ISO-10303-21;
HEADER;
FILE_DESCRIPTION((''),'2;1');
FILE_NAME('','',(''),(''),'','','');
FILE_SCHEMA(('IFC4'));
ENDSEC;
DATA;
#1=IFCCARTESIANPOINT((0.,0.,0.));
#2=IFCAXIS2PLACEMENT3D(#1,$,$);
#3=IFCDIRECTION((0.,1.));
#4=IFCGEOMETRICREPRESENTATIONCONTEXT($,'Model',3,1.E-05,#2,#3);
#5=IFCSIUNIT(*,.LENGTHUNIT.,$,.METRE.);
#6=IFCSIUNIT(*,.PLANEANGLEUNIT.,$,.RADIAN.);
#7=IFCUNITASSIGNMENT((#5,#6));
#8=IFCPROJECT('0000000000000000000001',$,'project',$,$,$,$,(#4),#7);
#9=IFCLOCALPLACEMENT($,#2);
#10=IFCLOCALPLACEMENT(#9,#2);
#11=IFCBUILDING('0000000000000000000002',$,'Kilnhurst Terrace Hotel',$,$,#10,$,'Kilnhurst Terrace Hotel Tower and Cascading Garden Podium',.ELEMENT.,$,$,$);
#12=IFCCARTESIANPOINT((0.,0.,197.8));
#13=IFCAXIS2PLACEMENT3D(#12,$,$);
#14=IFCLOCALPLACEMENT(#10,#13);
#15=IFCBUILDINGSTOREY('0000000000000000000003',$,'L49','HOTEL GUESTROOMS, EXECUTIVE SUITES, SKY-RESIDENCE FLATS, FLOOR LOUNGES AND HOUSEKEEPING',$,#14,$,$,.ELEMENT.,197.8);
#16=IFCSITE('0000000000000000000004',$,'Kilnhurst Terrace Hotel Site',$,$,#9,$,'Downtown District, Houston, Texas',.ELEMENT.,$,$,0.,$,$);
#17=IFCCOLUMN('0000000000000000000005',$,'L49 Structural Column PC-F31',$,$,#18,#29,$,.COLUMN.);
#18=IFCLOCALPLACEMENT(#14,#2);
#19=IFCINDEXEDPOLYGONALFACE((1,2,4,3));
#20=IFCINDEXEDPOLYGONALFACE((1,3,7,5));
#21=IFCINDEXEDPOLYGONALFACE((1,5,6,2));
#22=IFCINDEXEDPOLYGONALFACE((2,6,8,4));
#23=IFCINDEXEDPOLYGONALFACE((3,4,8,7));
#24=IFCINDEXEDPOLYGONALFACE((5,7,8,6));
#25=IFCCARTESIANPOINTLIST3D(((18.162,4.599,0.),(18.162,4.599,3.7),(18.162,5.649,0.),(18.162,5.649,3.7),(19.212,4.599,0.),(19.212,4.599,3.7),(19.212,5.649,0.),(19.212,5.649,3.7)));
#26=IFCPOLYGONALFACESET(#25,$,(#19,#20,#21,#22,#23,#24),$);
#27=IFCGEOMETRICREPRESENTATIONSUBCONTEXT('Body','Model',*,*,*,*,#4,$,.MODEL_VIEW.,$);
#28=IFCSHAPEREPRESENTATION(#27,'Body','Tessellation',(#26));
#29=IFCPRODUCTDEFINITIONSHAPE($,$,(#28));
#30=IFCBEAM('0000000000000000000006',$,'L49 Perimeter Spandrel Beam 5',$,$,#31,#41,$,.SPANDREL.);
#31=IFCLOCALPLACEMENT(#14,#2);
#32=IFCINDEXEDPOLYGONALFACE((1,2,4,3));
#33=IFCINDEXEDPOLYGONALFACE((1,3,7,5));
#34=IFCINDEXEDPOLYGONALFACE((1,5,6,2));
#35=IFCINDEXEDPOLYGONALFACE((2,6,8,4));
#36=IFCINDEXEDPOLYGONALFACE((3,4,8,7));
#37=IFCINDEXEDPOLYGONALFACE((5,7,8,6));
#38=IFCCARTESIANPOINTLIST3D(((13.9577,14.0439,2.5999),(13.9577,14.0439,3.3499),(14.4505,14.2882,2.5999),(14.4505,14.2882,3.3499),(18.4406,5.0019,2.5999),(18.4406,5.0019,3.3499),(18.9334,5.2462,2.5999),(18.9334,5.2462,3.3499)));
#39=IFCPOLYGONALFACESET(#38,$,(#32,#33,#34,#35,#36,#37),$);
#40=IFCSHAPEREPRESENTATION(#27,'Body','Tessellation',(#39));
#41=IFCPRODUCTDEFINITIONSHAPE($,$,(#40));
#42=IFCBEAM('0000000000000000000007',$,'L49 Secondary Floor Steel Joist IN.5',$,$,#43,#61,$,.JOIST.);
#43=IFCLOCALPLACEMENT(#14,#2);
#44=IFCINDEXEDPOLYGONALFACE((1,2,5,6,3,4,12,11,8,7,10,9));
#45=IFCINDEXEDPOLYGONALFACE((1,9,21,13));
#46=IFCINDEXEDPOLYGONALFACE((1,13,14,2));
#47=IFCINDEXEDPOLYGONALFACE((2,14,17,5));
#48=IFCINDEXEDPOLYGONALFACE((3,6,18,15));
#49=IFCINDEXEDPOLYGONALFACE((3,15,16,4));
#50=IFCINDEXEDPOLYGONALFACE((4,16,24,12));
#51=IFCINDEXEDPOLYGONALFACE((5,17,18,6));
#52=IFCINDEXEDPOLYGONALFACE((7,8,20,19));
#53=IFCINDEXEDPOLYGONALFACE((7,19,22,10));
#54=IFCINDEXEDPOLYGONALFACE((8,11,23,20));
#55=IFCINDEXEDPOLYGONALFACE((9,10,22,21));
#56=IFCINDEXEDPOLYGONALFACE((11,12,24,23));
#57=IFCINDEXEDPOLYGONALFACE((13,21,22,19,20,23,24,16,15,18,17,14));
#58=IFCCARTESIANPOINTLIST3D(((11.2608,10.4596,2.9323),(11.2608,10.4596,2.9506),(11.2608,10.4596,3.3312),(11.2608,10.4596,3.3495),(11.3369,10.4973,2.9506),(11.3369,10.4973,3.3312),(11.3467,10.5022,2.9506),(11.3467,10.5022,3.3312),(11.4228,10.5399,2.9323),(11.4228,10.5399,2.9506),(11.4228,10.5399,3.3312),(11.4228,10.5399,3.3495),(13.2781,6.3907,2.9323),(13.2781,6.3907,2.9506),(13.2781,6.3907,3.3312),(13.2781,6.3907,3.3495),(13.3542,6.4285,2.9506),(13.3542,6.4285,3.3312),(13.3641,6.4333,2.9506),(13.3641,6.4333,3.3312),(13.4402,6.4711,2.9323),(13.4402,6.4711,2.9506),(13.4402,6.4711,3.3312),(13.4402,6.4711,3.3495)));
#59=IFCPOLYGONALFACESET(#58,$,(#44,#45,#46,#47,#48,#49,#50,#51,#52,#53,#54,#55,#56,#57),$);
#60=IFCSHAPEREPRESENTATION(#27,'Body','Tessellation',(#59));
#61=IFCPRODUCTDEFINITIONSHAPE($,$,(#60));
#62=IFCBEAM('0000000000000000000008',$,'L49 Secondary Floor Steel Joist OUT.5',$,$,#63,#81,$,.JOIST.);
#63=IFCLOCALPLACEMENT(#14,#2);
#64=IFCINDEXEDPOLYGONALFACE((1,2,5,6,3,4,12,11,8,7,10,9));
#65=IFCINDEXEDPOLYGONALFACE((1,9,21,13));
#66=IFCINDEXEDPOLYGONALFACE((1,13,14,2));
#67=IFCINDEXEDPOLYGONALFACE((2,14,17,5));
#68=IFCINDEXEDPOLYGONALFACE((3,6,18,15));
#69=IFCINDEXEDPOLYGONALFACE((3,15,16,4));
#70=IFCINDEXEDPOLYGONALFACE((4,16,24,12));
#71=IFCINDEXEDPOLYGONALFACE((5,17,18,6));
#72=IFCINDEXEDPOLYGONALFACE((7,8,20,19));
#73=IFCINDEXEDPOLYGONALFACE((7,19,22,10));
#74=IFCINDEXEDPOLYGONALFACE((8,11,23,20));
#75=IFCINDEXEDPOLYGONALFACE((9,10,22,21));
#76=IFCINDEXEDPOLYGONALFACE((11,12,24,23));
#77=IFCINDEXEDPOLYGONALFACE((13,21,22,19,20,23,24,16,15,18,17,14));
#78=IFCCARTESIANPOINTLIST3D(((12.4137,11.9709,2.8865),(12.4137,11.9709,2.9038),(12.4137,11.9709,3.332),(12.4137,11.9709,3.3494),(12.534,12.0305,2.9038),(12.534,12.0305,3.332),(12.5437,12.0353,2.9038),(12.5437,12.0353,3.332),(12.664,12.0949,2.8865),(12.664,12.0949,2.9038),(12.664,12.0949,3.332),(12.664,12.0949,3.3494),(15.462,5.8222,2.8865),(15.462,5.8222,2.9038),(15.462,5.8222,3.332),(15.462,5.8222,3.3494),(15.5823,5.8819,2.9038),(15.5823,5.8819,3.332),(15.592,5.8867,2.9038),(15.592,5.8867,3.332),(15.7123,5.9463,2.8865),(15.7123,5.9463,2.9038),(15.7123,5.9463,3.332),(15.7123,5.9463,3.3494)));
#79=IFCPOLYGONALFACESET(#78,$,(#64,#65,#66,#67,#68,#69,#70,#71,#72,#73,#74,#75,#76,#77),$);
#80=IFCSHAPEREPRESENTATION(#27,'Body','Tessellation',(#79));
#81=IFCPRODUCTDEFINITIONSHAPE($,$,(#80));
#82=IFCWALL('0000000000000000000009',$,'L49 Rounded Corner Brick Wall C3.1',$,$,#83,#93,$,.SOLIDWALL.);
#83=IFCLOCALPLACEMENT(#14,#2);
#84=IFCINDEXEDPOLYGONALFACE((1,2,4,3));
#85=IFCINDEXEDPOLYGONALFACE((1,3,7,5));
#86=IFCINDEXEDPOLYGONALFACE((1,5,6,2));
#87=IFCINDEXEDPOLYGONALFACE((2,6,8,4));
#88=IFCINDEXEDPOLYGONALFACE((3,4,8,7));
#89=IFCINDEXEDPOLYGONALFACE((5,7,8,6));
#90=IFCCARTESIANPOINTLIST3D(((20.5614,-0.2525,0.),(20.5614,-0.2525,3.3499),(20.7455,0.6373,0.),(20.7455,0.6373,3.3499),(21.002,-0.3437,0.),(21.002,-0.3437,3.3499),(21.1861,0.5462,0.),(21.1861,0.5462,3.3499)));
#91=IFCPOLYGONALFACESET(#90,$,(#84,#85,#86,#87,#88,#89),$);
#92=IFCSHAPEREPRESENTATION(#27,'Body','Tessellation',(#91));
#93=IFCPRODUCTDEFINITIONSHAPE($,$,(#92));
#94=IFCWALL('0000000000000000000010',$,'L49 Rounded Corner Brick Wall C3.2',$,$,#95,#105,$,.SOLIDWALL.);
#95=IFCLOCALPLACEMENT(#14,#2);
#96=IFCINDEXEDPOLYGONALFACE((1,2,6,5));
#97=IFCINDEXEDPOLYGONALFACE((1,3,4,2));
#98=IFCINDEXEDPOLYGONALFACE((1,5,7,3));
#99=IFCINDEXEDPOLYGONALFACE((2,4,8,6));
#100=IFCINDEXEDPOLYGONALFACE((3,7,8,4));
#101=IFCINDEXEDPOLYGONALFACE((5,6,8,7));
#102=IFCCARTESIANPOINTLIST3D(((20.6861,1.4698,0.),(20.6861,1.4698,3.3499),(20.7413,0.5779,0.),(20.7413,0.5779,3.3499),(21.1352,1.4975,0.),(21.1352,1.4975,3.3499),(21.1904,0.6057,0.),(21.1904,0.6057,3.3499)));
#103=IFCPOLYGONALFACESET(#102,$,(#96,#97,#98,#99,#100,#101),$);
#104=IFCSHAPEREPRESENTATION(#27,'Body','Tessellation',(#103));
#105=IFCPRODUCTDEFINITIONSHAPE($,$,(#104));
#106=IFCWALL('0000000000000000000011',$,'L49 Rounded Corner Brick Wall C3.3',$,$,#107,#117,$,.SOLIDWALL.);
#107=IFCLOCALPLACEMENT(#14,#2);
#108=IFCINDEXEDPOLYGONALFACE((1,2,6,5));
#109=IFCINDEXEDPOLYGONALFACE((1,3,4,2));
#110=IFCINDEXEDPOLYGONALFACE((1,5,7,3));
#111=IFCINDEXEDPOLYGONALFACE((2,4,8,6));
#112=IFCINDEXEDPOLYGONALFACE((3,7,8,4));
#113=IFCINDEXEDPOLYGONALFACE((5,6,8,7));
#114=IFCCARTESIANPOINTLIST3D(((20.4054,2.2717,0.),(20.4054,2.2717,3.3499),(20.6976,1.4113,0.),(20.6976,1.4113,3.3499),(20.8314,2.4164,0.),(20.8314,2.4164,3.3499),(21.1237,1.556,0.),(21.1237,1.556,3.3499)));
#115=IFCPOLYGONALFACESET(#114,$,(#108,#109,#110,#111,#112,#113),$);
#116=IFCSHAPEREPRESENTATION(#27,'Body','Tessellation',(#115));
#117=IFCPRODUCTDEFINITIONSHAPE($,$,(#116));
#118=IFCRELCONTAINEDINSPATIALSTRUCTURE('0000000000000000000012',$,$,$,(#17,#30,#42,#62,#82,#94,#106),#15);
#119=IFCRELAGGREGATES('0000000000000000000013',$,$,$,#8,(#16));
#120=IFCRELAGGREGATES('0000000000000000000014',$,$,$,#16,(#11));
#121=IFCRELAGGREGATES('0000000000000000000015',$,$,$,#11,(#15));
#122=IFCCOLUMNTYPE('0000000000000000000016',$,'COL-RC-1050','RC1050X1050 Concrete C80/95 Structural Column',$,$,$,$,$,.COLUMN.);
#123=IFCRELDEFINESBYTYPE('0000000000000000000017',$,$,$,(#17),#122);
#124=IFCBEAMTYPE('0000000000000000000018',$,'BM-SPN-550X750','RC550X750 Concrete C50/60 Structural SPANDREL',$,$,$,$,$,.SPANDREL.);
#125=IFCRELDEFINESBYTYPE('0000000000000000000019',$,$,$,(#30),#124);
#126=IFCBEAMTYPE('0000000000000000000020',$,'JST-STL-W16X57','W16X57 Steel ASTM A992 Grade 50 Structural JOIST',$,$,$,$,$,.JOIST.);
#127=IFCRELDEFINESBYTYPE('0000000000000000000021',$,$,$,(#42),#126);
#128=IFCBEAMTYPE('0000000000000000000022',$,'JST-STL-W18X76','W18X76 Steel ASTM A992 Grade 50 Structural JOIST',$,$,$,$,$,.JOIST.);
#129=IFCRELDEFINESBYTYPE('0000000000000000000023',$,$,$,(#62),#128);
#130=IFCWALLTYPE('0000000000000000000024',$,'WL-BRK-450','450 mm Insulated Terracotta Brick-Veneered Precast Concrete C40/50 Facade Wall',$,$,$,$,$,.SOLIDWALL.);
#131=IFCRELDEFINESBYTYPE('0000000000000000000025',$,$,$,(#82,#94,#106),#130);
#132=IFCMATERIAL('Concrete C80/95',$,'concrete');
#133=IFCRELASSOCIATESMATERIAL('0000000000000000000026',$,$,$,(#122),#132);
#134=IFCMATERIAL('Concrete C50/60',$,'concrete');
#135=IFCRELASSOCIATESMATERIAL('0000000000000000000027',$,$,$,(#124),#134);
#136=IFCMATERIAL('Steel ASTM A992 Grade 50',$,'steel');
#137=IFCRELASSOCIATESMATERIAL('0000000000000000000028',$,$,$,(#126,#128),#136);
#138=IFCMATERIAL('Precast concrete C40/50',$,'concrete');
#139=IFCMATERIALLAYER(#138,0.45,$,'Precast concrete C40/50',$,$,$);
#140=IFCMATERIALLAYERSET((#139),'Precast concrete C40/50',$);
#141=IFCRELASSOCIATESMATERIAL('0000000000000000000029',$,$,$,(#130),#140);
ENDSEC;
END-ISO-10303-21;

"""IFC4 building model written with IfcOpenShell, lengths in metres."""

from ifc_helpers import new_model, si_unit, direction, frame, frame_2d, origin, origin_2d, place, context, subcontext, project, spatial, rectangle, i_section, extrude, material, layer, layer_set, material_profile, profile_set, type_object, element, save


model = new_model("IFC4")

# Units and contexts
model_context = context("Model", 3, precision=1e-05, world=origin(), true_north=direction((0.0, 1.0)))
body_context = subcontext(model_context, "Body", "Model", "MODEL_VIEW")
ifc_project = project(units=[si_unit("LENGTHUNIT", "METRE"), si_unit("PLANEANGLEUNIT", "RADIAN")], contexts=[model_context])

# Site, building, storey
site_placement = place(None, origin())
site = spatial("IfcSite", under=ifc_project, at=site_placement, Name="Kilnhurst Terrace Hotel Site", LongName="Downtown District, Houston, Texas", CompositionType="ELEMENT", RefElevation=0.0)
building_placement = place(site_placement, origin())
building = spatial("IfcBuilding", under=site, at=building_placement, Name="Kilnhurst Terrace Hotel", LongName="Kilnhurst Terrace Hotel Tower and Cascading Garden Podium", CompositionType="ELEMENT")
storey_placement = place(building_placement, frame((0.0, 0.0, 197.8)))
storey = spatial("IfcBuildingStorey", under=building, at=storey_placement, Name="L49", Description="HOTEL GUESTROOMS, EXECUTIVE SUITES, SKY-RESIDENCE FLATS, FLOOR LOUNGES AND HOUSEKEEPING", CompositionType="ELEMENT", Elevation=197.8)

# Column
ifc_material_1 = material(Name="Concrete C80/95", Category="concrete")
ifc_material_profile_1 = material_profile(ifc_material_1, rectangle(XDim=1.05, YDim=1.05, at=origin_2d()), Name="RC1050X1050")
ifc_profile_set_1 = profile_set([ifc_material_profile_1], Name="Concrete C80/95")
column_type = type_object("IfcColumnType", Name="COL-RC-1050", Description="RC1050X1050 Concrete C80/95 Structural Column", PredefinedType="COLUMN", material=ifc_profile_set_1)
column_placement = place(storey_placement, frame((18.687, 5.124, 0.0), z_axis=(0.0, 0.0, 1.0), x_axis=(1.0, 0.0, 0.0)))
element("IfcColumn", 1, at=column_placement, inside=storey, type_object=column_type, Name="L49 Structural Column PC-F31", PredefinedType="COLUMN", context=body_context, shape_type="SweptSolid", body=[
    extrude(rectangle(XDim=1.05, YDim=1.05, at=origin_2d()), origin(), (0.0, 0.0, 1.0), 3.7),
])

# Beams
ifc_material_2 = material(Name="Concrete C50/60", Category="concrete")
ifc_material_profile_2 = material_profile(ifc_material_2, rectangle(XDim=0.55, YDim=0.75, at=origin_2d()), Name="RC550X750")
ifc_profile_set_2 = profile_set([ifc_material_profile_2], Name="Concrete C50/60")
beam_type_1 = type_object("IfcBeamType", Name="BM-SPN-550X750", Description="RC550X750 Concrete C50/60 Structural SPANDREL", PredefinedType="SPANDREL", material=ifc_profile_set_2)
beam_1_placement = place(storey_placement, frame((18.687, 5.124, 2.9749), z_axis=(-0.444192, 0.895932, 0.0), x_axis=(-0.895932, -0.444192, 0.0)))
element("IfcBeam", 2, at=beam_1_placement, inside=storey, type_object=beam_type_1, Name="L49 Perimeter Spandrel Beam 5", PredefinedType="SPANDREL", context=body_context, shape_type="SweptSolid", body=[
    extrude(rectangle(XDim=0.55, YDim=0.75, at=origin_2d()), origin(), (0.0, 0.0, 1.0), 10.0923),
])
ifc_material_3 = material(Name="Steel ASTM A992 Grade 50", Category="steel")
ifc_material_profile_3 = material_profile(ifc_material_3, i_section(OverallWidth=0.1809, OverallDepth=0.4172, WebThickness=0.011, FlangeThickness=0.0183, at=origin_2d()), Name="W16X57")
ifc_profile_set_3 = profile_set([ifc_material_profile_3], Name="Steel ASTM A992 Grade 50")
beam_type_2 = type_object("IfcBeamType", Name="JST-STL-W16X57", Description="W16X57 Steel ASTM A992 Grade 50 Structural JOIST", PredefinedType="JOIST", material=ifc_profile_set_3)
beam_2_placement = place(storey_placement, frame((13.3591, 6.4309, 3.1409), z_axis=(-0.444201, 0.895927, 0.0), x_axis=(-0.895927, -0.444201, 0.0)))
element("IfcBeam", 3, at=beam_2_placement, inside=storey, type_object=beam_type_2, Name="L49 Secondary Floor Steel Joist IN.5", PredefinedType="JOIST", context=body_context, shape_type="SweptSolid", body=[
    extrude(i_section(OverallWidth=0.1809, OverallDepth=0.4172, WebThickness=0.011, FlangeThickness=0.0183, at=origin_2d()), origin(), (0.0, 0.0, 1.0), 4.5415),
])
ifc_material_profile_4 = material_profile(ifc_material_3, i_section(OverallWidth=0.2793, OverallDepth=0.4629, WebThickness=0.0107, FlangeThickness=0.0173, at=origin_2d()), Name="W18X76")
ifc_profile_set_4 = profile_set([ifc_material_profile_4], Name="Steel ASTM A992 Grade 50")
beam_type_3 = type_object("IfcBeamType", Name="JST-STL-W18X76", Description="W18X76 Steel ASTM A992 Grade 50 Structural JOIST", PredefinedType="JOIST", material=ifc_profile_set_4)
beam_3_placement = place(storey_placement, frame((15.5872, 5.8843, 3.1179), z_axis=(-0.44418, 0.895938, 0.0), x_axis=(-0.895938, -0.44418, 0.0)))
element("IfcBeam", 4, at=beam_3_placement, inside=storey, type_object=beam_type_3, Name="L49 Secondary Floor Steel Joist OUT.5", PredefinedType="JOIST", context=body_context, shape_type="SweptSolid", body=[
    extrude(i_section(OverallWidth=0.2793, OverallDepth=0.4629, WebThickness=0.0107, FlangeThickness=0.0173, at=origin_2d()), origin(), (0.0, 0.0, 1.0), 6.8628),
])

# Walls
ifc_material_4 = material(Name="Precast concrete C40/50", Category="concrete")
ifc_layer_1 = layer(ifc_material_4, 0.45, Name="Precast concrete C40/50")
ifc_layer_set_1 = layer_set([ifc_layer_1], Name="Precast concrete C40/50")
wall_type_1 = type_object("IfcWallType", Name="WL-BRK-450", Description="450 mm Insulated Terracotta Brick-Veneered Precast Concrete C40/50 Facade Wall", PredefinedType="SOLIDWALL", material=ifc_layer_set_1)
wall_1_placement = place(storey_placement, frame((20.7817, -0.2981, 0.0), z_axis=(0.0, 0.0, 1.0), x_axis=(0.20257, 0.979268, 0.0)))
element("IfcWall", 5, at=wall_1_placement, inside=storey, type_object=wall_type_1, Name="L49 Rounded Corner Brick Wall C3.1", PredefinedType="SOLIDWALL", context=body_context, shape_type="SweptSolid", body=[
    extrude(rectangle(XDim=0.9087, YDim=0.45, at=frame_2d((0.4543, 0.0))), origin(), (0.0, 0.0, 1.0), 3.3499),
])
wall_2_placement = place(storey_placement, frame((20.9658, 0.5918, 0.0), z_axis=(0.0, 0.0, 1.0), x_axis=(-0.061749, 0.998092, 0.0)))
element("IfcWall", 6, at=wall_2_placement, inside=storey, type_object=wall_type_1, Name="L49 Rounded Corner Brick Wall C3.2", PredefinedType="SOLIDWALL", context=body_context, shape_type="SweptSolid", body=[
    extrude(rectangle(XDim=0.8936, YDim=0.45, at=frame_2d((0.4468, 0.0))), origin(), (0.0, 0.0, 1.0), 3.3499),
])
wall_3_placement = place(storey_placement, frame((20.9106, 1.4836, 0.0), z_axis=(0.0, 0.0, 1.0), x_axis=(-0.321623, 0.946868, 0.0)))
element("IfcWall", 7, at=wall_3_placement, inside=storey, type_object=wall_type_1, Name="L49 Rounded Corner Brick Wall C3.3", PredefinedType="SOLIDWALL", context=body_context, shape_type="SweptSolid", body=[
    extrude(rectangle(XDim=0.9087, YDim=0.45, at=frame_2d((0.4543, 0.0))), origin(), (0.0, 0.0, 1.0), 3.3499),
])

save(model, "model.ifc")
